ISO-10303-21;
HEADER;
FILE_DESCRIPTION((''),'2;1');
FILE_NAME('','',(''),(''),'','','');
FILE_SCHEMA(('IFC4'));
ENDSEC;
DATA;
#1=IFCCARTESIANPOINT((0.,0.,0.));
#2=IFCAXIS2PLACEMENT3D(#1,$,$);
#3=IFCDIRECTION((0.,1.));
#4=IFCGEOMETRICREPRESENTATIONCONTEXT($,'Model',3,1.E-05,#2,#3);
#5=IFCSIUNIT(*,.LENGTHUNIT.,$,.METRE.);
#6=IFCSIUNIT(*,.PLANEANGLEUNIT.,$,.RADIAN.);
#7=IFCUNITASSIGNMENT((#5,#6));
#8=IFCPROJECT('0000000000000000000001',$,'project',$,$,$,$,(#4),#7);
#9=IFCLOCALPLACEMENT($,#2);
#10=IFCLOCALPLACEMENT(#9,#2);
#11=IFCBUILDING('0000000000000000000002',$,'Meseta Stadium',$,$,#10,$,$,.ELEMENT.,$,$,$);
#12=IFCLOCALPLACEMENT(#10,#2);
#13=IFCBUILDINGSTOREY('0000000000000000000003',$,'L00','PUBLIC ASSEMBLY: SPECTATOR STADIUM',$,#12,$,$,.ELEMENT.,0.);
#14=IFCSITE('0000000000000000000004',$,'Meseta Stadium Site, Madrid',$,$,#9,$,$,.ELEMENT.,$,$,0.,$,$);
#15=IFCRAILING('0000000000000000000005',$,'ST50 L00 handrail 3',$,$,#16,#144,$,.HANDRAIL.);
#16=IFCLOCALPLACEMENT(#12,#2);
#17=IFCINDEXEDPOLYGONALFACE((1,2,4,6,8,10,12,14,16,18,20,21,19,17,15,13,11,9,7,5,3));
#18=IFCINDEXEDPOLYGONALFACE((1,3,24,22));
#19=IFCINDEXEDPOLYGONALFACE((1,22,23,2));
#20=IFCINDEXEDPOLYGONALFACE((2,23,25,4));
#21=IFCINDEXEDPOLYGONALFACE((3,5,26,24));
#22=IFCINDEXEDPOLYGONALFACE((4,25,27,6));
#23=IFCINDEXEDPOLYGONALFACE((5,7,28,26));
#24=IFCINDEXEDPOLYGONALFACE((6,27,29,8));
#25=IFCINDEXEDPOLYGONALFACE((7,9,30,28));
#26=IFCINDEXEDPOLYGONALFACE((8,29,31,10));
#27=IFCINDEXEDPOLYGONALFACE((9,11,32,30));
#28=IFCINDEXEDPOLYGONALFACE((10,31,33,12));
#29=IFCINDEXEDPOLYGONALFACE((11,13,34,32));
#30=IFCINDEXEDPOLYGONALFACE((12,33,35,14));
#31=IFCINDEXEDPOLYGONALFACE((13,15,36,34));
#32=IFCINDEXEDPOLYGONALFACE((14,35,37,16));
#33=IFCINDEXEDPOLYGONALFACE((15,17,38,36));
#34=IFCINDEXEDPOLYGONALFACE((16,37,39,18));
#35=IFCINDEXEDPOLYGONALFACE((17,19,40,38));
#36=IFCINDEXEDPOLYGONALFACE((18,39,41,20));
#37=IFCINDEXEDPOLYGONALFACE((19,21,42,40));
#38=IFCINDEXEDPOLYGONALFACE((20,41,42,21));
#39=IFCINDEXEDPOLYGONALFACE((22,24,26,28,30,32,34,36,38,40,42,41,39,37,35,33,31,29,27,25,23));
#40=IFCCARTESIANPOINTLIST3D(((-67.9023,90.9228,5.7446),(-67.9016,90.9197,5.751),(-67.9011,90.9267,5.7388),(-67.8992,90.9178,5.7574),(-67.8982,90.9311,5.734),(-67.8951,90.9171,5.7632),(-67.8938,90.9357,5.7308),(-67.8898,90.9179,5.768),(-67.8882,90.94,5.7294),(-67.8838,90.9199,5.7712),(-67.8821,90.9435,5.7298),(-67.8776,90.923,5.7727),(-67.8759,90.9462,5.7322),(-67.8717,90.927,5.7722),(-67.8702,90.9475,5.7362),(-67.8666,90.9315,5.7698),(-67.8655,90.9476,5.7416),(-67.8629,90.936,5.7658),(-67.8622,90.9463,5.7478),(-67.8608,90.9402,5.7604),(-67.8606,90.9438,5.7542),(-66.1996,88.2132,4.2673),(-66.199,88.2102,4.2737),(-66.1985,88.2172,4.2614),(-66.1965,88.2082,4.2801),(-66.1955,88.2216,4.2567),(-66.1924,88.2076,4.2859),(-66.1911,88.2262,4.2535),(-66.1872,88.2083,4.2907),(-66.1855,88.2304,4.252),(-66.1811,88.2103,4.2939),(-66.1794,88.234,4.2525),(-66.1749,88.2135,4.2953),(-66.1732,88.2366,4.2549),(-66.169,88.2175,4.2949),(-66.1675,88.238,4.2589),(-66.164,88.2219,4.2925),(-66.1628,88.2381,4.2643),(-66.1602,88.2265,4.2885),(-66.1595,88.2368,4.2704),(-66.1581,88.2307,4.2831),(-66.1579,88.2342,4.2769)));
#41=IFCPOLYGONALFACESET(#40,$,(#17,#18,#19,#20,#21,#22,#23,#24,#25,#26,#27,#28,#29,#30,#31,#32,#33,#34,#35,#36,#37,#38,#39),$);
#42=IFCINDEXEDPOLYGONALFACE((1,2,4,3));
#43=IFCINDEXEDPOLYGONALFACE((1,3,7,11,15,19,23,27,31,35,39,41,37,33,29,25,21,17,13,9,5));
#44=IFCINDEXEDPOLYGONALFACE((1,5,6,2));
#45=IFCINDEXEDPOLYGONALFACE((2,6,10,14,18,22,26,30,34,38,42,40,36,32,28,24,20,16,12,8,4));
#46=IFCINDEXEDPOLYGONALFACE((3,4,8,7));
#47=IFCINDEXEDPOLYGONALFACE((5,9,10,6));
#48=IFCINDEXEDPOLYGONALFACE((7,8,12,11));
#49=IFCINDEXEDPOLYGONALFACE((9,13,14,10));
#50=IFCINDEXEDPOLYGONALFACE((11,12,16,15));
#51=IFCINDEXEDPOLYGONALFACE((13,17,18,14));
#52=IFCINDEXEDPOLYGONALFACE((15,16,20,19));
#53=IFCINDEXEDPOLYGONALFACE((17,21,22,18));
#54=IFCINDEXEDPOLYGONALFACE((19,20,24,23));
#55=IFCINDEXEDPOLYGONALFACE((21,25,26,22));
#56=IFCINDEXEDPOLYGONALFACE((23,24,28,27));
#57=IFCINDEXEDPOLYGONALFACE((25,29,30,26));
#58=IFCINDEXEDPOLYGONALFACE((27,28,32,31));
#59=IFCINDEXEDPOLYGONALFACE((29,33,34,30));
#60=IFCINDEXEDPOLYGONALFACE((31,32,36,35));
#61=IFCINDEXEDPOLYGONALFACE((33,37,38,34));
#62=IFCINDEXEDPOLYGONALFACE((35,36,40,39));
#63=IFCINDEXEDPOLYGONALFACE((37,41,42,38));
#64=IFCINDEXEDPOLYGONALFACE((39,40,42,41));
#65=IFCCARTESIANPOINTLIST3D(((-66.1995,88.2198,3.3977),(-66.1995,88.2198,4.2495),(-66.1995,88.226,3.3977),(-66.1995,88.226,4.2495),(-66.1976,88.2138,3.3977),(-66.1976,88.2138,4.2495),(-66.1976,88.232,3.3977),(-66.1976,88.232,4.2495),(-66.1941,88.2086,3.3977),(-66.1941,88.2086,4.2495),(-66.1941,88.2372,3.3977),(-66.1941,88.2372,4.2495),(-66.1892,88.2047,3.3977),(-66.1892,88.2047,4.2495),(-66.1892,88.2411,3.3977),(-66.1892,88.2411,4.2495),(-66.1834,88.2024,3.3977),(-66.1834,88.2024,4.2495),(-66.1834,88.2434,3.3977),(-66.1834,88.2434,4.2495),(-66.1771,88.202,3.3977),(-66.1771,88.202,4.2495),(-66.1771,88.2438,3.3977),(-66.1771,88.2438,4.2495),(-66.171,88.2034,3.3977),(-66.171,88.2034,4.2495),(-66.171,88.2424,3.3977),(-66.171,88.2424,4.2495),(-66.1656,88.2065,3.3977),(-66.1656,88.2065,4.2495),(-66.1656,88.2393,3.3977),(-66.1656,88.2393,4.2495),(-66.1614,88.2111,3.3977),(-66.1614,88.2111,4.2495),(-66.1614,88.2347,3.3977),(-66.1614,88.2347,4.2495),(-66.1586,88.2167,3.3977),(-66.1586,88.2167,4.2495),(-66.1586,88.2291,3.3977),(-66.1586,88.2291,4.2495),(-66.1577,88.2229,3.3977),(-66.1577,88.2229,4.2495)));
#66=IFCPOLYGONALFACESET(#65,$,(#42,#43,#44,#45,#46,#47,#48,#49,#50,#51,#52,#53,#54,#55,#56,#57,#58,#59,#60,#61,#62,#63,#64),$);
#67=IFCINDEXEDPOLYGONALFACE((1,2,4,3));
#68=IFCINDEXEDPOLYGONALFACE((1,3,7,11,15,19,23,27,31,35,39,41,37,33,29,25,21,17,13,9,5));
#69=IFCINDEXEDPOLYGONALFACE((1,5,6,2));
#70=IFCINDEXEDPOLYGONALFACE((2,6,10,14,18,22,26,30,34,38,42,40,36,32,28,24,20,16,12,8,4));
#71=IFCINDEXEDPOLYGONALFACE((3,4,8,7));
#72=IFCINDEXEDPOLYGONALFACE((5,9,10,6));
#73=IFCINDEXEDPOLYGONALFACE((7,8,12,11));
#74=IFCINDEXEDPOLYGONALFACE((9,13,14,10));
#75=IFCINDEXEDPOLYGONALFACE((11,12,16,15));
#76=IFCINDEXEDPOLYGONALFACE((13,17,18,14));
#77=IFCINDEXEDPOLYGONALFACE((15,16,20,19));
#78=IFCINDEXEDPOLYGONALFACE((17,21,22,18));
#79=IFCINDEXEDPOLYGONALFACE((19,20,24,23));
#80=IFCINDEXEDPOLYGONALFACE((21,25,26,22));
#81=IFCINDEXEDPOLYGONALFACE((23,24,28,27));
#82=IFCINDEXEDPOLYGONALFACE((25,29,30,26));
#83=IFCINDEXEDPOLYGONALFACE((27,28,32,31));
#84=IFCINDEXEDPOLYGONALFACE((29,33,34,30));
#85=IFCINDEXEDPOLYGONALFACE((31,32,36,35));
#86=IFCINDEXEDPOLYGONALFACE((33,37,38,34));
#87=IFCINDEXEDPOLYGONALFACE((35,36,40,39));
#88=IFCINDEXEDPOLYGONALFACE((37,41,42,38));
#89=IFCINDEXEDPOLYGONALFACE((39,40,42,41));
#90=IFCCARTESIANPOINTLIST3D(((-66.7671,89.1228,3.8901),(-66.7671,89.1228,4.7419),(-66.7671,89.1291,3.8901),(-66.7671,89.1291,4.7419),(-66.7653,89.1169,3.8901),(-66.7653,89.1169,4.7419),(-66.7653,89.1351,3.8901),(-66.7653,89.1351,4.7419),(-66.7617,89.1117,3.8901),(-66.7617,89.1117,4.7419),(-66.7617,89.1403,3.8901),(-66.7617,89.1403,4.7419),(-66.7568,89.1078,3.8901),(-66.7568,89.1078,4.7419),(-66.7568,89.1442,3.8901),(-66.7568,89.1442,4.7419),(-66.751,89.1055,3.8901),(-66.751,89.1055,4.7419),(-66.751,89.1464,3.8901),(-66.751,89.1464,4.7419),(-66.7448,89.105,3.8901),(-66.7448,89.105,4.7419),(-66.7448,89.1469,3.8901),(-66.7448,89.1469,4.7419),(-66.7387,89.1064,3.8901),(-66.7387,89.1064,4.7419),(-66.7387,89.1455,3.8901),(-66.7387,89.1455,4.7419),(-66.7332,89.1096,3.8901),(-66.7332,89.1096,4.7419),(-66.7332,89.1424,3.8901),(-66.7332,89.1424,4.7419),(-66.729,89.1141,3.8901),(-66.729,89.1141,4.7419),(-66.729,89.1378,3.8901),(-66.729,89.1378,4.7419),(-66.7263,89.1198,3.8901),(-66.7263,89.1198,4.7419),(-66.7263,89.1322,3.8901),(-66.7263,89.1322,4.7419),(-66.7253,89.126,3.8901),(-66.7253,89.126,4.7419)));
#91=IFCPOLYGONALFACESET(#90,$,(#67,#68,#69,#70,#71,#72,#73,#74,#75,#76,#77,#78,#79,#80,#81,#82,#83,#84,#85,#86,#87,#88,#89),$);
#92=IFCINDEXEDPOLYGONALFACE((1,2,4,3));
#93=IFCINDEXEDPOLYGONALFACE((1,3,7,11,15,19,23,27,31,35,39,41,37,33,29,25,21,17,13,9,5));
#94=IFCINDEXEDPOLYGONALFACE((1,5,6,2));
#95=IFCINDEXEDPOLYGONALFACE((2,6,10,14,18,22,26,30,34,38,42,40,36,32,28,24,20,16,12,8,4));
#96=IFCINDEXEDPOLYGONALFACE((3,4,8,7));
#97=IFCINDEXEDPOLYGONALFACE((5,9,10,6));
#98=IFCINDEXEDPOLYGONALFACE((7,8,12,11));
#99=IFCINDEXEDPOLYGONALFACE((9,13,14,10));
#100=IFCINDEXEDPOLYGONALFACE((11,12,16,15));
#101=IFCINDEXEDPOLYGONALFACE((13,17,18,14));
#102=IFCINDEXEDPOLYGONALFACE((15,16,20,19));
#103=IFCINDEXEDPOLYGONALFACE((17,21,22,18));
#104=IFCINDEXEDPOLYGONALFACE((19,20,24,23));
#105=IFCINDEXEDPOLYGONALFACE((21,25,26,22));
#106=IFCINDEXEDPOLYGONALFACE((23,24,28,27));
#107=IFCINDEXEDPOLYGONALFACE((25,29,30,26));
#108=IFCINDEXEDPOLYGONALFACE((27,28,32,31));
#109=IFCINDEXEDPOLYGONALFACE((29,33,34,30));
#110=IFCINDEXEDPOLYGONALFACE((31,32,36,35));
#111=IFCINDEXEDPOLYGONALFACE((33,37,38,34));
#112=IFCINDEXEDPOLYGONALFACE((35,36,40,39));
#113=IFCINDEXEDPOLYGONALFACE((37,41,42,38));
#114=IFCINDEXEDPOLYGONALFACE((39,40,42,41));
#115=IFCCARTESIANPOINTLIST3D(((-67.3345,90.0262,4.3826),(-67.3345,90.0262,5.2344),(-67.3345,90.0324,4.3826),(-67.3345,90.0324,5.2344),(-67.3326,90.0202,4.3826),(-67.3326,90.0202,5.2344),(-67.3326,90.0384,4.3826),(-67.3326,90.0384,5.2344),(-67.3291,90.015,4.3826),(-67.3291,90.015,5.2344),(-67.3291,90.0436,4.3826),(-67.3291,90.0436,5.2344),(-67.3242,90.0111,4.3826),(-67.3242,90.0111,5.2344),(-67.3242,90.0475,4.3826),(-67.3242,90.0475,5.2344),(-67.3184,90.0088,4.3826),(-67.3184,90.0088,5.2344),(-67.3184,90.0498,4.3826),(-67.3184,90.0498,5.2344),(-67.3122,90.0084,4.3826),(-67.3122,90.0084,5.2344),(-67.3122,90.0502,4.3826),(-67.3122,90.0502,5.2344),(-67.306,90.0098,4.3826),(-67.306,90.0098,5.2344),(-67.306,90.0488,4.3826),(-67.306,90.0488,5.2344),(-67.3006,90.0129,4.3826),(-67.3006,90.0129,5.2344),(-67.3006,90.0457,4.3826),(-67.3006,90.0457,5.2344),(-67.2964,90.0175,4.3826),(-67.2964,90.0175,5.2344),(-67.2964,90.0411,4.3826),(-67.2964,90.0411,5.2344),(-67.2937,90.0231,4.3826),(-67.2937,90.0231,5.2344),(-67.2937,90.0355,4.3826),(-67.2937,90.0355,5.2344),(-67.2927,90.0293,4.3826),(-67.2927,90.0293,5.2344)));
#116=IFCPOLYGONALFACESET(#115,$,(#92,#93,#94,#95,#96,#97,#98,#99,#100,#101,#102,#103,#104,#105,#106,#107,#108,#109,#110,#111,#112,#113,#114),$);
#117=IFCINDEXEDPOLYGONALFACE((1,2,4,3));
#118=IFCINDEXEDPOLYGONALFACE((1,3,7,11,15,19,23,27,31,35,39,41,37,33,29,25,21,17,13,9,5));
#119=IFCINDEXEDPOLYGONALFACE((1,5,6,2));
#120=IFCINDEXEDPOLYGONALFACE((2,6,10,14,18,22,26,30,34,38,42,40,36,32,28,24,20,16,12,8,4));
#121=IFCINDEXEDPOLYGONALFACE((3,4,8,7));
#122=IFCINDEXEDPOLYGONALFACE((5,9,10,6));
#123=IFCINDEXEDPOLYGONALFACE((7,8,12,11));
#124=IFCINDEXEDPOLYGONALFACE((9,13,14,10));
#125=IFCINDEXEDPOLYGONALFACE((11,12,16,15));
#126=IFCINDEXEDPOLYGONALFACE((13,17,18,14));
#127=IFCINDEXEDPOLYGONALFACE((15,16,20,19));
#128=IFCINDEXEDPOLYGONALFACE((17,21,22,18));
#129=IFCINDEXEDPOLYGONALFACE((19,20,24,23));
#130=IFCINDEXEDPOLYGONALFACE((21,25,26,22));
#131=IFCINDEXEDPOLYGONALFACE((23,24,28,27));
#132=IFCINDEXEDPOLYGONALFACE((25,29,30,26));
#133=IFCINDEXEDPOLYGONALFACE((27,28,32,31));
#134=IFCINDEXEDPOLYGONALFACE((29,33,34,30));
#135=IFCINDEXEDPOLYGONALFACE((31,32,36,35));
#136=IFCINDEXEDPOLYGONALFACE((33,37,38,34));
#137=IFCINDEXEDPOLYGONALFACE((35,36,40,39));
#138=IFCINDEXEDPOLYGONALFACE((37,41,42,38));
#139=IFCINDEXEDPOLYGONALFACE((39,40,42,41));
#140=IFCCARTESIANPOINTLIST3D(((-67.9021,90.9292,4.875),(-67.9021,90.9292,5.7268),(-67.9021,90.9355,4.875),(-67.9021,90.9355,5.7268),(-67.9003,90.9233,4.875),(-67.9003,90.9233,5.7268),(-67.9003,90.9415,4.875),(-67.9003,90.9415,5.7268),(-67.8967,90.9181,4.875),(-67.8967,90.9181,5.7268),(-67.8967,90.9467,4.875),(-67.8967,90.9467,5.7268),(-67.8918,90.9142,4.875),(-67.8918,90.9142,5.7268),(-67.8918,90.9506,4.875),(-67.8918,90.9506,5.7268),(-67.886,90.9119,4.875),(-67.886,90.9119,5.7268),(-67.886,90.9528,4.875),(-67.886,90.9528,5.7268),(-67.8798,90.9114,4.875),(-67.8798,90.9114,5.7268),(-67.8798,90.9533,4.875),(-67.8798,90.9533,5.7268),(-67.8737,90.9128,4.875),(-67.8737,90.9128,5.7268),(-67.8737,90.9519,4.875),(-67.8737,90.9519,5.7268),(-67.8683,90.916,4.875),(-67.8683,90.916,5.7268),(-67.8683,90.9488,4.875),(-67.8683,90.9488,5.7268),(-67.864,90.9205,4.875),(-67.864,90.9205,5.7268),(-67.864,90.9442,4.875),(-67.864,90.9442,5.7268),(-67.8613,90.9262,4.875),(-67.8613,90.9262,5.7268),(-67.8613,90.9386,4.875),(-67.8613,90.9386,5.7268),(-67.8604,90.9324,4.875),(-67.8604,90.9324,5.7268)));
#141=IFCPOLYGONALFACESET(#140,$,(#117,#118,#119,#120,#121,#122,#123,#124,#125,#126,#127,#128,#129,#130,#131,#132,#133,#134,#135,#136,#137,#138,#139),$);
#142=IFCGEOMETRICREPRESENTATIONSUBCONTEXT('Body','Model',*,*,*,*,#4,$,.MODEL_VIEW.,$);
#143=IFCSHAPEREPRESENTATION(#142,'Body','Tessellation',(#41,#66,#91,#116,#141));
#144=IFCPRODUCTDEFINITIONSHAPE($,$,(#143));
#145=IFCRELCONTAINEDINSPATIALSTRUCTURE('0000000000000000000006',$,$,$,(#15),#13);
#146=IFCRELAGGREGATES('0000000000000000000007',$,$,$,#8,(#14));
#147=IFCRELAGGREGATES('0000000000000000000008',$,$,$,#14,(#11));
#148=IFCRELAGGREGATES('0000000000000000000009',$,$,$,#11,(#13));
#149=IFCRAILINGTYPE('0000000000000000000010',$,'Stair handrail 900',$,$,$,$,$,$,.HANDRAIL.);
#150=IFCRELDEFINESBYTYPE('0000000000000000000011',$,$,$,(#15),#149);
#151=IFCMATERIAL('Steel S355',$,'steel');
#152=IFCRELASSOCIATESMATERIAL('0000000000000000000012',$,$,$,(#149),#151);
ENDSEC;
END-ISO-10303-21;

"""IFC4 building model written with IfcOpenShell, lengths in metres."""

from ifc_helpers import new_model, si_unit, direction, frame, origin, origin_2d, place, context, subcontext, project, spatial, circle, extrude, material, type_object, element, save


model = new_model("IFC4")

# Units and contexts
model_context = context("Model", 3, precision=1e-05, world=origin(), true_north=direction((0.0, 1.0)))
body_context = subcontext(model_context, "Body", "Model", "MODEL_VIEW")
ifc_project = project(units=[si_unit("LENGTHUNIT", "METRE"), si_unit("PLANEANGLEUNIT", "RADIAN")], contexts=[model_context])

# Site, building, storey
site_placement = place(None, origin())
site = spatial("IfcSite", under=ifc_project, at=site_placement, Name="Meseta Stadium Site, Madrid", CompositionType="ELEMENT", RefElevation=0.0)
building_placement = place(site_placement, origin())
building = spatial("IfcBuilding", under=site, at=building_placement, Name="Meseta Stadium", CompositionType="ELEMENT")
storey_placement = place(building_placement, origin())
storey = spatial("IfcBuildingStorey", under=building, at=storey_placement, Name="L00", Description="PUBLIC ASSEMBLY: SPECTATOR STADIUM", CompositionType="ELEMENT", Elevation=0.0)

# Railing
ifc_material_1 = material(Name="Steel S355", Category="steel")
railing_type_1 = type_object("IfcRailingType", Name="Stair handrail 900", PredefinedType="HANDRAIL", material=ifc_material_1)
for number, where, name in (
    (1, (-66.1787, 88.2229, 3.3977), "ST50 L00 handrail 3"),
):
    element("IfcRailing", number, at=place(storey_placement, frame(where)), inside=storey, type_object=railing_type_1, Name=name, PredefinedType="HANDRAIL", context=body_context, shape_type="SweptSolid", body=[
        extrude(circle(Radius=0.0239, at=origin_2d()), frame((0.0, 0.0, 0.876), z_axis=(-0.483076, 0.768738, 0.419142), x_axis=(-0.846701, -0.532068, 0.0)), (0.0, 0.0, 1.0), 3.5247),
        extrude(circle(Radius=0.021, at=origin_2d()), origin(), (0.0, 0.0, 1.0), 0.8518),
        extrude(circle(Radius=0.021, at=origin_2d()), frame((-0.5676, 0.9031, 0.4924)), (0.0, 0.0, 1.0), 0.8518),
        extrude(circle(Radius=0.021, at=origin_2d()), frame((-1.135, 1.8064, 0.9849)), (0.0, 0.0, 1.0), 0.8518),
        extrude(circle(Radius=0.021, at=origin_2d()), frame((-1.7026, 2.7095, 1.4773)), (0.0, 0.0, 1.0), 0.8518),
    ])

save(model, "model.ifc")
